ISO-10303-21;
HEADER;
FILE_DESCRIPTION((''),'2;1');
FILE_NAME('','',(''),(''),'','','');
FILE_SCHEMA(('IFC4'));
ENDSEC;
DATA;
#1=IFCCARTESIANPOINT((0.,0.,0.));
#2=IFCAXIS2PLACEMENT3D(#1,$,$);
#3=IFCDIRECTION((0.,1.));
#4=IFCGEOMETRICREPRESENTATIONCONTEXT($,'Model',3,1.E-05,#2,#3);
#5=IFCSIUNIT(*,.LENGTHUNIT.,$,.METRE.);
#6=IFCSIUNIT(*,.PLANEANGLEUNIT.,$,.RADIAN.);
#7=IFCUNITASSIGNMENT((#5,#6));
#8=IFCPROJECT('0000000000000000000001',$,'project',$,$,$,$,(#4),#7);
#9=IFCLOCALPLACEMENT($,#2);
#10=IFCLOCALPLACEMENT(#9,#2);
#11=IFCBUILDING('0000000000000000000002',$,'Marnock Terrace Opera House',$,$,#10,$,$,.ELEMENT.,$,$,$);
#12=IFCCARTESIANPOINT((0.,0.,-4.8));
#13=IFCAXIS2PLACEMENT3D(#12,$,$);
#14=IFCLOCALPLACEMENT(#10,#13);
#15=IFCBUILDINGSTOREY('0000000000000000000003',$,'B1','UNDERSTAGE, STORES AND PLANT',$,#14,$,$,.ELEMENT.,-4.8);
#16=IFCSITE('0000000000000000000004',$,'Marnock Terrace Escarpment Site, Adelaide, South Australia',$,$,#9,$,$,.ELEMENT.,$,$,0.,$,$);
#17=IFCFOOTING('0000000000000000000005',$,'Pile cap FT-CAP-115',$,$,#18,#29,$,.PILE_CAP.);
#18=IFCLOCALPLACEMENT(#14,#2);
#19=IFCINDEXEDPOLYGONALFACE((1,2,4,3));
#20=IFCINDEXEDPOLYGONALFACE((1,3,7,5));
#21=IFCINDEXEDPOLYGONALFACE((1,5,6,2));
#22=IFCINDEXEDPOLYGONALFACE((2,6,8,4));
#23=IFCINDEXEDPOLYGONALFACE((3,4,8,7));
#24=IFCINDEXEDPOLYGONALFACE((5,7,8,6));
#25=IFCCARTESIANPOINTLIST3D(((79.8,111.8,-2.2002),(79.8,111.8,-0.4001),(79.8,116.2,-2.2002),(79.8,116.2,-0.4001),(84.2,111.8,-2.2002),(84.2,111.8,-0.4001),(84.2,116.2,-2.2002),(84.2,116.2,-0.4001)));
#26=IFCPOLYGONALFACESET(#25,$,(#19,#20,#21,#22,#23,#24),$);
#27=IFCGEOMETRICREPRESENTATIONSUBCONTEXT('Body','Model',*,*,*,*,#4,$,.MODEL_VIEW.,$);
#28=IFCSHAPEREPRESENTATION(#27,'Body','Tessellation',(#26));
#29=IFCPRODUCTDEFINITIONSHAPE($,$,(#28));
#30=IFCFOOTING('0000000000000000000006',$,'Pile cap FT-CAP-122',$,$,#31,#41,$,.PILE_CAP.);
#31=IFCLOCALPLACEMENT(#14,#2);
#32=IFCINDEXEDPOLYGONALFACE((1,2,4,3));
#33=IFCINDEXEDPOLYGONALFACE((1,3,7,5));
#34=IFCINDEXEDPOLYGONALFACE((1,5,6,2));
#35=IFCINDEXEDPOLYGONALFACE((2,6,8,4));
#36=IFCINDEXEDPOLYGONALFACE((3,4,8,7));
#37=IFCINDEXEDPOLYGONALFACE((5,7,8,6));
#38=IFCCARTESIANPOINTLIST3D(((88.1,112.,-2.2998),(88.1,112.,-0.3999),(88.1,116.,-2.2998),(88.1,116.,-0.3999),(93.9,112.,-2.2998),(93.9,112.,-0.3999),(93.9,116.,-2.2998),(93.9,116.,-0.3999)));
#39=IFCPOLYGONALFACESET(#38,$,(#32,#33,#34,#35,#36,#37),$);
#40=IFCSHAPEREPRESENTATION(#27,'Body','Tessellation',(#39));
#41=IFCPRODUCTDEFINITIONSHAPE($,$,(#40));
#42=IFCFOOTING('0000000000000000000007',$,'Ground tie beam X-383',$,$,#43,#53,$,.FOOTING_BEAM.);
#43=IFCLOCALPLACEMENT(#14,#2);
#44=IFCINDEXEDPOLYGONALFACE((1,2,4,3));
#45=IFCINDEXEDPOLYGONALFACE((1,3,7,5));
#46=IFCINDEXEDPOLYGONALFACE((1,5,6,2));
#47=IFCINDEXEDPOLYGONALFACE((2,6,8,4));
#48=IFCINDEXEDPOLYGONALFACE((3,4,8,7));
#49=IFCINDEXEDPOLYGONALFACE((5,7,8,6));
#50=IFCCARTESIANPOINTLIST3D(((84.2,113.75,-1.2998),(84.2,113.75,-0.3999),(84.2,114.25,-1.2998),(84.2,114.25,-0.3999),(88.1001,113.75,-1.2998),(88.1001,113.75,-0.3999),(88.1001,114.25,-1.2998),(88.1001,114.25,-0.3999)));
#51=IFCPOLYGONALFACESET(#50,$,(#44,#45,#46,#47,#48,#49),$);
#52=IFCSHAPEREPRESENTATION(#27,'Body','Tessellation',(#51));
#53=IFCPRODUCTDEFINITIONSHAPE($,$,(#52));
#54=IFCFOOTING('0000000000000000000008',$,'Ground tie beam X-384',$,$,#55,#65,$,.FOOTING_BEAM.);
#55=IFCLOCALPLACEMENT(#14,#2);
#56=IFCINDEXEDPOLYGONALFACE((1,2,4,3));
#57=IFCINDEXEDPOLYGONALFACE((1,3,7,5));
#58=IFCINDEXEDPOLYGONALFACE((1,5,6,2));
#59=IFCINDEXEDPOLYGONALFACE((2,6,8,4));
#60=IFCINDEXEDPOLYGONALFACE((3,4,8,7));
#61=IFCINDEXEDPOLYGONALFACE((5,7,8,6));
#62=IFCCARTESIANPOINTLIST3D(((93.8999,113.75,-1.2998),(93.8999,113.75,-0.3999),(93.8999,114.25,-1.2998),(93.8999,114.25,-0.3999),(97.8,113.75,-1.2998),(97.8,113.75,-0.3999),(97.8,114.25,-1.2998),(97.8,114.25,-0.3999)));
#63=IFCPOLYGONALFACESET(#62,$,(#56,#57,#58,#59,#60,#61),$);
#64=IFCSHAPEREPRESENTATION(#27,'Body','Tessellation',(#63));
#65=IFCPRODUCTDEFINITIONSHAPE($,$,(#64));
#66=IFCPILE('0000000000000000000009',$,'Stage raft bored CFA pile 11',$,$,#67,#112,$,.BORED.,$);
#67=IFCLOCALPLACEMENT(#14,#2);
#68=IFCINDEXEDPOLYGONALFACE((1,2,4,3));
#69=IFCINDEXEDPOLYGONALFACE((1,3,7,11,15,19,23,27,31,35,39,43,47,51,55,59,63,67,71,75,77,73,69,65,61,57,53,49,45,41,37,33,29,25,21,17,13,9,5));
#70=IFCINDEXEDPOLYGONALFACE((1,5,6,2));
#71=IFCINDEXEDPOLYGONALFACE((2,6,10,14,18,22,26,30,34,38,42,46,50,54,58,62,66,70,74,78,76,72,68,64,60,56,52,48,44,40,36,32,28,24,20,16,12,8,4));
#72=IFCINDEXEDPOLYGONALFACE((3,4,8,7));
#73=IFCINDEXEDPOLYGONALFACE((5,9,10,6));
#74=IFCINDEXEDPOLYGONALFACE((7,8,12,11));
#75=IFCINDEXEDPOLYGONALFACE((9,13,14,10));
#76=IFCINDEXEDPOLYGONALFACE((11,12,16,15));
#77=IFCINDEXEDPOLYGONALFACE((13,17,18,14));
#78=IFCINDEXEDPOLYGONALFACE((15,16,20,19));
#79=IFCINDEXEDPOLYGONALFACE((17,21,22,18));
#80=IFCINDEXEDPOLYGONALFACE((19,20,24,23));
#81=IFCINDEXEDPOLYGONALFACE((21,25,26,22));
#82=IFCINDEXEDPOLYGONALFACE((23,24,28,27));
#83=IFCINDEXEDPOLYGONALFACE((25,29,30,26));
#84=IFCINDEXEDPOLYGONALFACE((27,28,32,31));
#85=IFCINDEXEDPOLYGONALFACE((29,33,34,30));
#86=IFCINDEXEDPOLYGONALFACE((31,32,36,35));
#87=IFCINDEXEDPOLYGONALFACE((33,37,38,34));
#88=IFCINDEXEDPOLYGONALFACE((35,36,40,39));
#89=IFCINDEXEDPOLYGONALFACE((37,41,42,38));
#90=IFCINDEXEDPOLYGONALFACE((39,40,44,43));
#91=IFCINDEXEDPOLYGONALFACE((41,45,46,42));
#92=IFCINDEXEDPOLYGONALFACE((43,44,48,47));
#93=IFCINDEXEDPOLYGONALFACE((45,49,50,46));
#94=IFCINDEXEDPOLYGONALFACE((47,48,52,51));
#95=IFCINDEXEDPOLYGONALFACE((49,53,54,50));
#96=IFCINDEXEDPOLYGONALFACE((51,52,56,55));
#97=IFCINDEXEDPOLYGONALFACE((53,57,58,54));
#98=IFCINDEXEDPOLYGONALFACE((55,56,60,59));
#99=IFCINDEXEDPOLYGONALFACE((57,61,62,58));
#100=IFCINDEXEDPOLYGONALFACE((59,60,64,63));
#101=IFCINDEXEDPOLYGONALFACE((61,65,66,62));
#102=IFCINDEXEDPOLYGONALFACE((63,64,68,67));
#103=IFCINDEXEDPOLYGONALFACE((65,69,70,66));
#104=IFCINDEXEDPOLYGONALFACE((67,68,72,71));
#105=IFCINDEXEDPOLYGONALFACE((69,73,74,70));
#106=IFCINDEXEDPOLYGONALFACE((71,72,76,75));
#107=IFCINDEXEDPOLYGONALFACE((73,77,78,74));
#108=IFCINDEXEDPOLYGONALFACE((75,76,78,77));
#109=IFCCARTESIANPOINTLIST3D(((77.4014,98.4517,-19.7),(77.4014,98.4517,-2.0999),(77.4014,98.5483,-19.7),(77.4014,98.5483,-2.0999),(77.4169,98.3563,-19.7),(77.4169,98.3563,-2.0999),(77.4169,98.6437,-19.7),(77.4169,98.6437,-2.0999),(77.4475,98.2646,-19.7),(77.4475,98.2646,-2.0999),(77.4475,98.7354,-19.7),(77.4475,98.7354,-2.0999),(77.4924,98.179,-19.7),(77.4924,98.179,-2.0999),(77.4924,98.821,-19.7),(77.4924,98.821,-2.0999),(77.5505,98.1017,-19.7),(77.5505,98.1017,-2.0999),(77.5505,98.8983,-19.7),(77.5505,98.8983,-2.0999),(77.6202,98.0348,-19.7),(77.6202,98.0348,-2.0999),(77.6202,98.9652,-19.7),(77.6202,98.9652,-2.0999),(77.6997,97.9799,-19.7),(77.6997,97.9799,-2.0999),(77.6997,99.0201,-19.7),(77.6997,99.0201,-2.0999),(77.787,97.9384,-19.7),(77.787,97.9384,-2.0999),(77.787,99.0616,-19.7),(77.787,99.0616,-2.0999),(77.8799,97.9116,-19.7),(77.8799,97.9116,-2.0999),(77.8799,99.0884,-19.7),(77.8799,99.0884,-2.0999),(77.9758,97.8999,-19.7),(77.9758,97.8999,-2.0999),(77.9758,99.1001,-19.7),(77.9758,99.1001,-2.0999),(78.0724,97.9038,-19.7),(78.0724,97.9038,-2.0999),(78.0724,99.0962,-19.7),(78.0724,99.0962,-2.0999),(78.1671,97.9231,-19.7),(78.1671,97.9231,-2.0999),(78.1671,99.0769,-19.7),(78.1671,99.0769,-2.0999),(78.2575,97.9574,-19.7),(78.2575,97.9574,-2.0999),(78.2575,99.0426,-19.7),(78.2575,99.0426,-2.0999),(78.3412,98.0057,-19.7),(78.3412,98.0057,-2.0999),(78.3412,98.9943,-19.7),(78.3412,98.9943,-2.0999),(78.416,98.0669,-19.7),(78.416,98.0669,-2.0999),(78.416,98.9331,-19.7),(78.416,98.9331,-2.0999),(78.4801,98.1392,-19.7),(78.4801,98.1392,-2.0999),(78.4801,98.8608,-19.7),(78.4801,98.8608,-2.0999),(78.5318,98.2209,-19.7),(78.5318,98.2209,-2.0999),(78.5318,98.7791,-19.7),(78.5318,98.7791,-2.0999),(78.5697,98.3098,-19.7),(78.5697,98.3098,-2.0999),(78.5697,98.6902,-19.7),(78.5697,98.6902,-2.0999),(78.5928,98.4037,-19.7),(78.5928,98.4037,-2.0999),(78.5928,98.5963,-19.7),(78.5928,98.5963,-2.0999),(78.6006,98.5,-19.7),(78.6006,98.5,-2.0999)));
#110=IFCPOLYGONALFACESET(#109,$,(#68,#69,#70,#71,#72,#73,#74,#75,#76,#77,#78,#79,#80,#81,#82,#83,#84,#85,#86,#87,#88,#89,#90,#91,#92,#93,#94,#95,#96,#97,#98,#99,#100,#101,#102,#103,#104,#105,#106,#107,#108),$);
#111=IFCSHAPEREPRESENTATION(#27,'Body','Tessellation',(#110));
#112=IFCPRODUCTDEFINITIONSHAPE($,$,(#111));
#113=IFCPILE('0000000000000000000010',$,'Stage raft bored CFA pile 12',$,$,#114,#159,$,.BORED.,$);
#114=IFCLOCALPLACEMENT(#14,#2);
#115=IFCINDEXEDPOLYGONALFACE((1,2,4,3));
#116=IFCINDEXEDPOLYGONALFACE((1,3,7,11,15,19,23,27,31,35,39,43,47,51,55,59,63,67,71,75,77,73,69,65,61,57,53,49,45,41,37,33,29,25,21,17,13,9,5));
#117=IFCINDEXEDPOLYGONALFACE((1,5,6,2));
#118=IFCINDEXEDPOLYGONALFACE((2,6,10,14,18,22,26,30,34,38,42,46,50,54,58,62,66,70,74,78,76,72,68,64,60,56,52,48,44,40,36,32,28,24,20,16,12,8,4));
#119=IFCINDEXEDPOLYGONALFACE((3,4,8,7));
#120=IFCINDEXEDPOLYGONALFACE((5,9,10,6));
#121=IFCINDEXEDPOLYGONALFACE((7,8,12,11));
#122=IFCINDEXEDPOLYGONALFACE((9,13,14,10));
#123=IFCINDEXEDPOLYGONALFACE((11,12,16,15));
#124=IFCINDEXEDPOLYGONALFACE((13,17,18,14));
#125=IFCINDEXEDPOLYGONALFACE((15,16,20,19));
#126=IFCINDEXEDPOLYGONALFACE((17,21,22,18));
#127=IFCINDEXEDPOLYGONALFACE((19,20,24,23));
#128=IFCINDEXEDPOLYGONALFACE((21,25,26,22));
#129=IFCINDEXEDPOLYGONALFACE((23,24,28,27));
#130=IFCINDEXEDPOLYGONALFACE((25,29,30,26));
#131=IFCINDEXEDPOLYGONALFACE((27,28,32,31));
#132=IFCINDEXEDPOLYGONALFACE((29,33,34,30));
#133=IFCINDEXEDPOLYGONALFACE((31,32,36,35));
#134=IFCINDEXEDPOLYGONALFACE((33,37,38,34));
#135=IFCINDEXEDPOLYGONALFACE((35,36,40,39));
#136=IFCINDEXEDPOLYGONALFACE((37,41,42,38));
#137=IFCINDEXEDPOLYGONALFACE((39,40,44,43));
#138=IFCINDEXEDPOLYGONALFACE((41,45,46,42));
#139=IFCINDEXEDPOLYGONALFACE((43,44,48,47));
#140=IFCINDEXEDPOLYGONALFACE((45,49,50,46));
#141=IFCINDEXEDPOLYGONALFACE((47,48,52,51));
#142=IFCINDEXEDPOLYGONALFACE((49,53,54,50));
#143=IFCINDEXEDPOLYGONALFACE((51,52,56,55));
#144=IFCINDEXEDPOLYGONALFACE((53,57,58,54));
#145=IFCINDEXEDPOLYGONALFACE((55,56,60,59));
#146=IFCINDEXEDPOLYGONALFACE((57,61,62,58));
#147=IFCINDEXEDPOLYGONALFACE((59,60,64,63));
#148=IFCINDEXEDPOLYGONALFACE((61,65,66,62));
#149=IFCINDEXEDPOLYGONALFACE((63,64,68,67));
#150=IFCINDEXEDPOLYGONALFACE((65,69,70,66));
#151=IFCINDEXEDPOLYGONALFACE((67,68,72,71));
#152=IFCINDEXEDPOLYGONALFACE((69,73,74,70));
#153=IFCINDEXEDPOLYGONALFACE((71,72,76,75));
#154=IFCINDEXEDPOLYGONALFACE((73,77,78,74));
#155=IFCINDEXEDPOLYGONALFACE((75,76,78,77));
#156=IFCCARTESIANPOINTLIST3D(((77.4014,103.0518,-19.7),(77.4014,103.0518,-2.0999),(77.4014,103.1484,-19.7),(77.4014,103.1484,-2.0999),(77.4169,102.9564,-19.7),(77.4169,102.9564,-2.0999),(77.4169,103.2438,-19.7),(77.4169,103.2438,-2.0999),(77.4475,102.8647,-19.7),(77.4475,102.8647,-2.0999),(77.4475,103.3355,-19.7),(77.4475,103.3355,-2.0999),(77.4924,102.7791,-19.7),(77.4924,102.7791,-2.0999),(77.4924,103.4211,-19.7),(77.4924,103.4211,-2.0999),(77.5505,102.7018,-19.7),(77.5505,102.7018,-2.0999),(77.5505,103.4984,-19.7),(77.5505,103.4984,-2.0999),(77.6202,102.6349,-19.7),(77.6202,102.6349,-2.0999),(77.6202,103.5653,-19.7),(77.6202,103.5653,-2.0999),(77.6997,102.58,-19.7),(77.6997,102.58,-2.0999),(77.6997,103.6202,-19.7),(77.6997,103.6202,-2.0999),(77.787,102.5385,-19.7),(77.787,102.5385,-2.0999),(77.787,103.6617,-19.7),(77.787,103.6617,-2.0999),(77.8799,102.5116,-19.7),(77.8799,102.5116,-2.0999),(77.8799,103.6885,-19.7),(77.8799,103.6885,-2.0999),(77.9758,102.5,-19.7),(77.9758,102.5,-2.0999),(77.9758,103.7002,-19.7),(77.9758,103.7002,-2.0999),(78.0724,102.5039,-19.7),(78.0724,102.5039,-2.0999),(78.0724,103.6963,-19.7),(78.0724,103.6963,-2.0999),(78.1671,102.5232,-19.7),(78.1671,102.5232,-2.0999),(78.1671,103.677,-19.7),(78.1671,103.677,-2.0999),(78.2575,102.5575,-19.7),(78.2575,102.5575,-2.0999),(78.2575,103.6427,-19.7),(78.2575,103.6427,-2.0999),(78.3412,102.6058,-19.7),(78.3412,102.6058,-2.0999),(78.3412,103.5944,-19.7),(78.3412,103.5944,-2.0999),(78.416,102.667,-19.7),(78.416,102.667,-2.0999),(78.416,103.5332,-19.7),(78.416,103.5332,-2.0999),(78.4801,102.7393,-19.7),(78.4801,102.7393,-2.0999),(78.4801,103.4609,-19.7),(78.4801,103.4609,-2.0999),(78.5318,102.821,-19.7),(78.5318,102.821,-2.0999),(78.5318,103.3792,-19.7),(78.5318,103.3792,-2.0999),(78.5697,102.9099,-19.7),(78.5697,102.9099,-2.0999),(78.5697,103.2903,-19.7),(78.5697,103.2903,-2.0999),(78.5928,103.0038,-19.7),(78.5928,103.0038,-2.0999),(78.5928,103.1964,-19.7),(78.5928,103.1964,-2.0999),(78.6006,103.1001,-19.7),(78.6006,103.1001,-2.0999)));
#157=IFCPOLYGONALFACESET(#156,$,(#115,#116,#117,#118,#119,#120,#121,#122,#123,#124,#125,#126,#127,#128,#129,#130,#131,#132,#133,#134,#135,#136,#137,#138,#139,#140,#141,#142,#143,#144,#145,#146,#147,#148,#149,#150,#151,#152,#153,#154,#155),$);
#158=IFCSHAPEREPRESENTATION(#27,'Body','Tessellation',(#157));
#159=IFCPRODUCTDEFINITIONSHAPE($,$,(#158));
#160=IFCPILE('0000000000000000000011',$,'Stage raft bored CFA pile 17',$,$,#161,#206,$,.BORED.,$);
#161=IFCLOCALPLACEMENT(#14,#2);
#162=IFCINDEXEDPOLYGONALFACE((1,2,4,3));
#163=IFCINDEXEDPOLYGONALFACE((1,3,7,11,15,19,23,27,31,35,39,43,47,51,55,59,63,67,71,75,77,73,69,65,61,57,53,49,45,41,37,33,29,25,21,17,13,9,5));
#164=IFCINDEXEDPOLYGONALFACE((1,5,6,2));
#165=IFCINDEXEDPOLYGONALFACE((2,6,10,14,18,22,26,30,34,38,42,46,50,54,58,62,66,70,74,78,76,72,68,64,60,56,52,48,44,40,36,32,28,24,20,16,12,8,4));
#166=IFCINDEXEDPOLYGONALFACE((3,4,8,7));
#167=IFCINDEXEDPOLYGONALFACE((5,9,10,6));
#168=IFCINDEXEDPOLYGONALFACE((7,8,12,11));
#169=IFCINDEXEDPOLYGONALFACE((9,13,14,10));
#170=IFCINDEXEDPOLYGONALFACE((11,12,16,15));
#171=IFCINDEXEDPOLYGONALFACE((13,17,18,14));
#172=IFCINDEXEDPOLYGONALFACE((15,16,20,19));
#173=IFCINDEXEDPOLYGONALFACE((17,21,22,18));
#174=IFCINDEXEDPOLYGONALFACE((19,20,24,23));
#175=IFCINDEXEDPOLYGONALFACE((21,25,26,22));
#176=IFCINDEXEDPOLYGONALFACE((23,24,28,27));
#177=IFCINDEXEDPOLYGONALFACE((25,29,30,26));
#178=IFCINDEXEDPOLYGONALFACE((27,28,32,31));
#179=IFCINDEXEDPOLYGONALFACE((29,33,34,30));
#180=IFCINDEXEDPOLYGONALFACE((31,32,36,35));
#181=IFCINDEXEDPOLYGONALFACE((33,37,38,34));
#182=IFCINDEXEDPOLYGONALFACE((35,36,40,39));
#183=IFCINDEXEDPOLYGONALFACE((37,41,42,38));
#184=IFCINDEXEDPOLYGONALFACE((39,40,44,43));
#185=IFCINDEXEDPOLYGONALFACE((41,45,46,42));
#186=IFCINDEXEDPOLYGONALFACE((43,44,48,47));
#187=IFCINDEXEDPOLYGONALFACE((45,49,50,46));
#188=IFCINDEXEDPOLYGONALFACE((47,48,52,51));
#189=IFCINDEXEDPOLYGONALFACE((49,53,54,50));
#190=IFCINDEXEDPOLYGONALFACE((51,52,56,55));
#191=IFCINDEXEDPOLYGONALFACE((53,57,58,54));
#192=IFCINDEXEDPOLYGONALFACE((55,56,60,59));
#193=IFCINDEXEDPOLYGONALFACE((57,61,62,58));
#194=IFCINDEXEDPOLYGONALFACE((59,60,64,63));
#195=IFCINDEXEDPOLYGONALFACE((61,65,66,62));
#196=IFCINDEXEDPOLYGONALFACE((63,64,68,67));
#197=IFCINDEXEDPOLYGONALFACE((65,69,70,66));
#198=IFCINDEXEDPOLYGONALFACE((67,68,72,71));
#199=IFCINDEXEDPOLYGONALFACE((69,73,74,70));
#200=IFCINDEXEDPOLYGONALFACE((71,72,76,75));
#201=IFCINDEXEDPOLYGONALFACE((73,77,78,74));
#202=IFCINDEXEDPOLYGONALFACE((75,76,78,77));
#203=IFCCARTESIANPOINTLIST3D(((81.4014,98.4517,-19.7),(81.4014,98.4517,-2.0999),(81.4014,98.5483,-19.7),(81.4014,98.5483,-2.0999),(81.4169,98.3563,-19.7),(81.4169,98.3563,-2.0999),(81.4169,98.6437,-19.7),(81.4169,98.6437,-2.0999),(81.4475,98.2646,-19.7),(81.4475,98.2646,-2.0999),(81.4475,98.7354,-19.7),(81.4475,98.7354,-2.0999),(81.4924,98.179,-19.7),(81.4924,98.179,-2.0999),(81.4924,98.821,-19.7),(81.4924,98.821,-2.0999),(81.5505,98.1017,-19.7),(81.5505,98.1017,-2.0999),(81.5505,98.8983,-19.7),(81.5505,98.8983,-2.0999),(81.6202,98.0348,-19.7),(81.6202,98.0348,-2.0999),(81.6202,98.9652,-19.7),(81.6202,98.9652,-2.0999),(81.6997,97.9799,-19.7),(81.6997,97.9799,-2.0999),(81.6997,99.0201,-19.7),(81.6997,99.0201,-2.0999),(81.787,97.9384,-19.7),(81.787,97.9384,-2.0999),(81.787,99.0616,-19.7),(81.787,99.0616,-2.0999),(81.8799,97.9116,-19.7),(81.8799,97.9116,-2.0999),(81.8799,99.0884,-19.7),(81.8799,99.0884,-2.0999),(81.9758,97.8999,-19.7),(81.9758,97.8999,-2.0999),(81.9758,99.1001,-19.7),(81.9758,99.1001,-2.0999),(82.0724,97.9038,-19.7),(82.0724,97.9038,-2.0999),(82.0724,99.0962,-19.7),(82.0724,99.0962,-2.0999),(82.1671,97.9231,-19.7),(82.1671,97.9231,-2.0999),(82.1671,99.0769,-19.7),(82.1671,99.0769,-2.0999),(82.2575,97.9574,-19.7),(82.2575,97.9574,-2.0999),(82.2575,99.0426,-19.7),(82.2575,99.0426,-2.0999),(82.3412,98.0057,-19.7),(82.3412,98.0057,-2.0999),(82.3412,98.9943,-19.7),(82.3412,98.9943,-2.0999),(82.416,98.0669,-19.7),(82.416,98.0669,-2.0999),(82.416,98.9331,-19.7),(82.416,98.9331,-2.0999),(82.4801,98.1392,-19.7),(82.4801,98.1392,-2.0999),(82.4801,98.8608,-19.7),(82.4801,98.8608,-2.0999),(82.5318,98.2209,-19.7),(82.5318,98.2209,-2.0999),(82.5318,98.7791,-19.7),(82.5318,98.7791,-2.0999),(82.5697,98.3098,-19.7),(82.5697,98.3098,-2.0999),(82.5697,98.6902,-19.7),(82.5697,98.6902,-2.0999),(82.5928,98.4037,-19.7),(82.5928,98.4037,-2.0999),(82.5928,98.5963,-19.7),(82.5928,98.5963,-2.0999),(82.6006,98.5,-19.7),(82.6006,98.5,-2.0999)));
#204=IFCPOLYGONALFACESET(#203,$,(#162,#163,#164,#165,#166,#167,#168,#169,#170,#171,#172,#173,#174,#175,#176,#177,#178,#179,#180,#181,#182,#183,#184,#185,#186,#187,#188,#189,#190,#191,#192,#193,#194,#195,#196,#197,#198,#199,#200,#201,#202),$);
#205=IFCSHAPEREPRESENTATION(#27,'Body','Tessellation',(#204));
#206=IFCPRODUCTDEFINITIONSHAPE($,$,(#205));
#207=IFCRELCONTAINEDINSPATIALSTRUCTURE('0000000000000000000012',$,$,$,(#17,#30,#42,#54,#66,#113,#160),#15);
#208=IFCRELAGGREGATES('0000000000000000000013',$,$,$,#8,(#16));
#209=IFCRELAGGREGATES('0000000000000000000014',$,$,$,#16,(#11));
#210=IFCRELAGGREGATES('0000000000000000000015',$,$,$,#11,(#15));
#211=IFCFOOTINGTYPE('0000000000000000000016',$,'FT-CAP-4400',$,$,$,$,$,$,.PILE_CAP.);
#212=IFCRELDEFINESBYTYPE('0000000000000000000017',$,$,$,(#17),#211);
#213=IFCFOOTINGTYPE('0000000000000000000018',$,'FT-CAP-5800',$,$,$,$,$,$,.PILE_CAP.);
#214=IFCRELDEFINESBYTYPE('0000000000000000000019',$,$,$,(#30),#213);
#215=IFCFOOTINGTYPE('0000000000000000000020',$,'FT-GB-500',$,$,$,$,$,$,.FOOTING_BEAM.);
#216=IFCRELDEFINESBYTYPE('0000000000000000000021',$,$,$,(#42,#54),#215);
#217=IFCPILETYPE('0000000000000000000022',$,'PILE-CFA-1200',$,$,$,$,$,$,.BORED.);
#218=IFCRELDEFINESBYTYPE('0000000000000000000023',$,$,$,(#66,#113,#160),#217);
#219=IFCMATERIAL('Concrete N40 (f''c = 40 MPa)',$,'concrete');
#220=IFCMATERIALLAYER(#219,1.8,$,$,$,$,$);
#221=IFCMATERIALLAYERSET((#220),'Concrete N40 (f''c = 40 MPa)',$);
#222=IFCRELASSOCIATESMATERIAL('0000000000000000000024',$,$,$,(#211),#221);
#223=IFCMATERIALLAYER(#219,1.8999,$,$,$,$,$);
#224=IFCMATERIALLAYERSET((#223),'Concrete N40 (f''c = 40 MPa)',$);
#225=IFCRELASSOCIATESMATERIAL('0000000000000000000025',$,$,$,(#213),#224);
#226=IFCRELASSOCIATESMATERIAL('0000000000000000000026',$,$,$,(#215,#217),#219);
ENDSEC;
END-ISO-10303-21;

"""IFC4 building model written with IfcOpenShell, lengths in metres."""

from ifc_helpers import new_model, si_unit, direction, frame, origin, origin_2d, place, context, subcontext, project, spatial, rectangle, circle, extrude, material, layer, layer_set, material_profile, profile_set, type_object, element, save


model = new_model("IFC4")

# Units and contexts
model_context = context("Model", 3, precision=1e-05, world=origin(), true_north=direction((0.0, 1.0)))
body_context = subcontext(model_context, "Body", "Model", "MODEL_VIEW")
ifc_project = project(units=[si_unit("LENGTHUNIT", "METRE"), si_unit("PLANEANGLEUNIT", "RADIAN")], contexts=[model_context])

# Site, building, storey
site_placement = place(None, origin())
site = spatial("IfcSite", under=ifc_project, at=site_placement, Name="Marnock Terrace Escarpment Site, Adelaide, South Australia", CompositionType="ELEMENT", RefElevation=0.0)
building_placement = place(site_placement, origin())
building = spatial("IfcBuilding", under=site, at=building_placement, Name="Marnock Terrace Opera House", CompositionType="ELEMENT")
storey_placement = place(building_placement, frame((0.0, 0.0, -4.8)))
storey = spatial("IfcBuildingStorey", under=building, at=storey_placement, Name="B1", Description="UNDERSTAGE, STORES AND PLANT", CompositionType="ELEMENT", Elevation=-4.8)

# Footings
ifc_material_1 = material(Name="Concrete N40 (f'c = 40 MPa)", Category="concrete")
ifc_layer_1 = layer(ifc_material_1, 1.8)
ifc_layer_set_1 = layer_set([ifc_layer_1], Name="Concrete N40 (f'c = 40 MPa)")
footing_type_1 = type_object("IfcFootingType", Name="FT-CAP-4400", PredefinedType="PILE_CAP", material=ifc_layer_set_1)
footing_1_placement = place(storey_placement, frame((82.0, 114.0, -2.2002), z_axis=(0.0, 0.0, 1.0), x_axis=(1.0, 0.0, 0.0)))
element("IfcFooting", 1, at=footing_1_placement, inside=storey, type_object=footing_type_1, Name="Pile cap FT-CAP-115", PredefinedType="PILE_CAP", context=body_context, shape_type="SweptSolid", body=[
    extrude(rectangle(XDim=4.3999, YDim=4.3999, at=origin_2d()), origin(), (0.0, 0.0, 1.0), 1.8),
])
ifc_layer_2 = layer(ifc_material_1, 1.8999)
ifc_layer_set_2 = layer_set([ifc_layer_2], Name="Concrete N40 (f'c = 40 MPa)")
footing_type_2 = type_object("IfcFootingType", Name="FT-CAP-5800", PredefinedType="PILE_CAP", material=ifc_layer_set_2)
footing_2_placement = place(storey_placement, frame((91.0, 114.0, -2.2998), z_axis=(0.0, 0.0, 1.0), x_axis=(1.0, 0.0, 0.0)))
element("IfcFooting", 2, at=footing_2_placement, inside=storey, type_object=footing_type_2, Name="Pile cap FT-CAP-122", PredefinedType="PILE_CAP", context=body_context, shape_type="SweptSolid", body=[
    extrude(rectangle(XDim=5.8, YDim=4.0, at=origin_2d()), origin(), (0.0, 0.0, 1.0), 1.8999),
])
ifc_material_profile_1 = material_profile(ifc_material_1, rectangle(XDim=0.5, YDim=0.8999, at=origin_2d()))
ifc_profile_set_1 = profile_set([ifc_material_profile_1], Name="Concrete N40 (f'c = 40 MPa)")
footing_type_3 = type_object("IfcFootingType", Name="FT-GB-500", PredefinedType="FOOTING_BEAM", material=ifc_profile_set_1)
for number, where, z_axis, x_axis, name in (
    (3, (84.2, 114.0, -0.8499), (1.0, 0.0, 0.0), (0.0, 1.0, 0.0), "Ground tie beam X-383"),
    (4, (93.8999, 114.0, -0.8499), (1.0, 0.0, 0.0), (0.0, 1.0, 0.0), "Ground tie beam X-384"),
):
    element("IfcFooting", number, at=place(storey_placement, frame(where, z_axis=z_axis, x_axis=x_axis)), inside=storey, type_object=footing_type_3, Name=name, PredefinedType="FOOTING_BEAM", context=body_context, shape_type="SweptSolid", body=[
        extrude(rectangle(XDim=0.5, YDim=0.8999, at=origin_2d()), origin(), (0.0, 0.0, 1.0), 3.9001),
    ])

# Piles
ifc_material_profile_2 = material_profile(ifc_material_1, circle(Radius=0.6006, at=origin_2d()))
ifc_profile_set_2 = profile_set([ifc_material_profile_2], Name="Concrete N40 (f'c = 40 MPa)")
pile_type = type_object("IfcPileType", Name="PILE-CFA-1200", PredefinedType="BORED", material=ifc_profile_set_2)
for number, where, z_axis, x_axis, name in (
    (5, (78.0, 98.5, -2.0999), (0.0, 0.0, -1.0), (1.0, 0.0, 0.0), "Stage raft bored CFA pile 11"),
    (6, (78.0, 103.1001, -2.0999), (0.0, 0.0, -1.0), (1.0, 0.0, 0.0), "Stage raft bored CFA pile 12"),
    (7, (82.0, 98.5, -2.0999), (0.0, 0.0, -1.0), (1.0, 0.0, 0.0), "Stage raft bored CFA pile 17"),
):
    element("IfcPile", number, at=place(storey_placement, frame(where, z_axis=z_axis, x_axis=x_axis)), inside=storey, type_object=pile_type, Name=name, PredefinedType="BORED", context=body_context, shape_type="SweptSolid", body=[
        extrude(circle(Radius=0.6006, at=origin_2d()), origin(), (0.0, 0.0, 1.0), 17.6001),
    ])

save(model, "model.ifc")
